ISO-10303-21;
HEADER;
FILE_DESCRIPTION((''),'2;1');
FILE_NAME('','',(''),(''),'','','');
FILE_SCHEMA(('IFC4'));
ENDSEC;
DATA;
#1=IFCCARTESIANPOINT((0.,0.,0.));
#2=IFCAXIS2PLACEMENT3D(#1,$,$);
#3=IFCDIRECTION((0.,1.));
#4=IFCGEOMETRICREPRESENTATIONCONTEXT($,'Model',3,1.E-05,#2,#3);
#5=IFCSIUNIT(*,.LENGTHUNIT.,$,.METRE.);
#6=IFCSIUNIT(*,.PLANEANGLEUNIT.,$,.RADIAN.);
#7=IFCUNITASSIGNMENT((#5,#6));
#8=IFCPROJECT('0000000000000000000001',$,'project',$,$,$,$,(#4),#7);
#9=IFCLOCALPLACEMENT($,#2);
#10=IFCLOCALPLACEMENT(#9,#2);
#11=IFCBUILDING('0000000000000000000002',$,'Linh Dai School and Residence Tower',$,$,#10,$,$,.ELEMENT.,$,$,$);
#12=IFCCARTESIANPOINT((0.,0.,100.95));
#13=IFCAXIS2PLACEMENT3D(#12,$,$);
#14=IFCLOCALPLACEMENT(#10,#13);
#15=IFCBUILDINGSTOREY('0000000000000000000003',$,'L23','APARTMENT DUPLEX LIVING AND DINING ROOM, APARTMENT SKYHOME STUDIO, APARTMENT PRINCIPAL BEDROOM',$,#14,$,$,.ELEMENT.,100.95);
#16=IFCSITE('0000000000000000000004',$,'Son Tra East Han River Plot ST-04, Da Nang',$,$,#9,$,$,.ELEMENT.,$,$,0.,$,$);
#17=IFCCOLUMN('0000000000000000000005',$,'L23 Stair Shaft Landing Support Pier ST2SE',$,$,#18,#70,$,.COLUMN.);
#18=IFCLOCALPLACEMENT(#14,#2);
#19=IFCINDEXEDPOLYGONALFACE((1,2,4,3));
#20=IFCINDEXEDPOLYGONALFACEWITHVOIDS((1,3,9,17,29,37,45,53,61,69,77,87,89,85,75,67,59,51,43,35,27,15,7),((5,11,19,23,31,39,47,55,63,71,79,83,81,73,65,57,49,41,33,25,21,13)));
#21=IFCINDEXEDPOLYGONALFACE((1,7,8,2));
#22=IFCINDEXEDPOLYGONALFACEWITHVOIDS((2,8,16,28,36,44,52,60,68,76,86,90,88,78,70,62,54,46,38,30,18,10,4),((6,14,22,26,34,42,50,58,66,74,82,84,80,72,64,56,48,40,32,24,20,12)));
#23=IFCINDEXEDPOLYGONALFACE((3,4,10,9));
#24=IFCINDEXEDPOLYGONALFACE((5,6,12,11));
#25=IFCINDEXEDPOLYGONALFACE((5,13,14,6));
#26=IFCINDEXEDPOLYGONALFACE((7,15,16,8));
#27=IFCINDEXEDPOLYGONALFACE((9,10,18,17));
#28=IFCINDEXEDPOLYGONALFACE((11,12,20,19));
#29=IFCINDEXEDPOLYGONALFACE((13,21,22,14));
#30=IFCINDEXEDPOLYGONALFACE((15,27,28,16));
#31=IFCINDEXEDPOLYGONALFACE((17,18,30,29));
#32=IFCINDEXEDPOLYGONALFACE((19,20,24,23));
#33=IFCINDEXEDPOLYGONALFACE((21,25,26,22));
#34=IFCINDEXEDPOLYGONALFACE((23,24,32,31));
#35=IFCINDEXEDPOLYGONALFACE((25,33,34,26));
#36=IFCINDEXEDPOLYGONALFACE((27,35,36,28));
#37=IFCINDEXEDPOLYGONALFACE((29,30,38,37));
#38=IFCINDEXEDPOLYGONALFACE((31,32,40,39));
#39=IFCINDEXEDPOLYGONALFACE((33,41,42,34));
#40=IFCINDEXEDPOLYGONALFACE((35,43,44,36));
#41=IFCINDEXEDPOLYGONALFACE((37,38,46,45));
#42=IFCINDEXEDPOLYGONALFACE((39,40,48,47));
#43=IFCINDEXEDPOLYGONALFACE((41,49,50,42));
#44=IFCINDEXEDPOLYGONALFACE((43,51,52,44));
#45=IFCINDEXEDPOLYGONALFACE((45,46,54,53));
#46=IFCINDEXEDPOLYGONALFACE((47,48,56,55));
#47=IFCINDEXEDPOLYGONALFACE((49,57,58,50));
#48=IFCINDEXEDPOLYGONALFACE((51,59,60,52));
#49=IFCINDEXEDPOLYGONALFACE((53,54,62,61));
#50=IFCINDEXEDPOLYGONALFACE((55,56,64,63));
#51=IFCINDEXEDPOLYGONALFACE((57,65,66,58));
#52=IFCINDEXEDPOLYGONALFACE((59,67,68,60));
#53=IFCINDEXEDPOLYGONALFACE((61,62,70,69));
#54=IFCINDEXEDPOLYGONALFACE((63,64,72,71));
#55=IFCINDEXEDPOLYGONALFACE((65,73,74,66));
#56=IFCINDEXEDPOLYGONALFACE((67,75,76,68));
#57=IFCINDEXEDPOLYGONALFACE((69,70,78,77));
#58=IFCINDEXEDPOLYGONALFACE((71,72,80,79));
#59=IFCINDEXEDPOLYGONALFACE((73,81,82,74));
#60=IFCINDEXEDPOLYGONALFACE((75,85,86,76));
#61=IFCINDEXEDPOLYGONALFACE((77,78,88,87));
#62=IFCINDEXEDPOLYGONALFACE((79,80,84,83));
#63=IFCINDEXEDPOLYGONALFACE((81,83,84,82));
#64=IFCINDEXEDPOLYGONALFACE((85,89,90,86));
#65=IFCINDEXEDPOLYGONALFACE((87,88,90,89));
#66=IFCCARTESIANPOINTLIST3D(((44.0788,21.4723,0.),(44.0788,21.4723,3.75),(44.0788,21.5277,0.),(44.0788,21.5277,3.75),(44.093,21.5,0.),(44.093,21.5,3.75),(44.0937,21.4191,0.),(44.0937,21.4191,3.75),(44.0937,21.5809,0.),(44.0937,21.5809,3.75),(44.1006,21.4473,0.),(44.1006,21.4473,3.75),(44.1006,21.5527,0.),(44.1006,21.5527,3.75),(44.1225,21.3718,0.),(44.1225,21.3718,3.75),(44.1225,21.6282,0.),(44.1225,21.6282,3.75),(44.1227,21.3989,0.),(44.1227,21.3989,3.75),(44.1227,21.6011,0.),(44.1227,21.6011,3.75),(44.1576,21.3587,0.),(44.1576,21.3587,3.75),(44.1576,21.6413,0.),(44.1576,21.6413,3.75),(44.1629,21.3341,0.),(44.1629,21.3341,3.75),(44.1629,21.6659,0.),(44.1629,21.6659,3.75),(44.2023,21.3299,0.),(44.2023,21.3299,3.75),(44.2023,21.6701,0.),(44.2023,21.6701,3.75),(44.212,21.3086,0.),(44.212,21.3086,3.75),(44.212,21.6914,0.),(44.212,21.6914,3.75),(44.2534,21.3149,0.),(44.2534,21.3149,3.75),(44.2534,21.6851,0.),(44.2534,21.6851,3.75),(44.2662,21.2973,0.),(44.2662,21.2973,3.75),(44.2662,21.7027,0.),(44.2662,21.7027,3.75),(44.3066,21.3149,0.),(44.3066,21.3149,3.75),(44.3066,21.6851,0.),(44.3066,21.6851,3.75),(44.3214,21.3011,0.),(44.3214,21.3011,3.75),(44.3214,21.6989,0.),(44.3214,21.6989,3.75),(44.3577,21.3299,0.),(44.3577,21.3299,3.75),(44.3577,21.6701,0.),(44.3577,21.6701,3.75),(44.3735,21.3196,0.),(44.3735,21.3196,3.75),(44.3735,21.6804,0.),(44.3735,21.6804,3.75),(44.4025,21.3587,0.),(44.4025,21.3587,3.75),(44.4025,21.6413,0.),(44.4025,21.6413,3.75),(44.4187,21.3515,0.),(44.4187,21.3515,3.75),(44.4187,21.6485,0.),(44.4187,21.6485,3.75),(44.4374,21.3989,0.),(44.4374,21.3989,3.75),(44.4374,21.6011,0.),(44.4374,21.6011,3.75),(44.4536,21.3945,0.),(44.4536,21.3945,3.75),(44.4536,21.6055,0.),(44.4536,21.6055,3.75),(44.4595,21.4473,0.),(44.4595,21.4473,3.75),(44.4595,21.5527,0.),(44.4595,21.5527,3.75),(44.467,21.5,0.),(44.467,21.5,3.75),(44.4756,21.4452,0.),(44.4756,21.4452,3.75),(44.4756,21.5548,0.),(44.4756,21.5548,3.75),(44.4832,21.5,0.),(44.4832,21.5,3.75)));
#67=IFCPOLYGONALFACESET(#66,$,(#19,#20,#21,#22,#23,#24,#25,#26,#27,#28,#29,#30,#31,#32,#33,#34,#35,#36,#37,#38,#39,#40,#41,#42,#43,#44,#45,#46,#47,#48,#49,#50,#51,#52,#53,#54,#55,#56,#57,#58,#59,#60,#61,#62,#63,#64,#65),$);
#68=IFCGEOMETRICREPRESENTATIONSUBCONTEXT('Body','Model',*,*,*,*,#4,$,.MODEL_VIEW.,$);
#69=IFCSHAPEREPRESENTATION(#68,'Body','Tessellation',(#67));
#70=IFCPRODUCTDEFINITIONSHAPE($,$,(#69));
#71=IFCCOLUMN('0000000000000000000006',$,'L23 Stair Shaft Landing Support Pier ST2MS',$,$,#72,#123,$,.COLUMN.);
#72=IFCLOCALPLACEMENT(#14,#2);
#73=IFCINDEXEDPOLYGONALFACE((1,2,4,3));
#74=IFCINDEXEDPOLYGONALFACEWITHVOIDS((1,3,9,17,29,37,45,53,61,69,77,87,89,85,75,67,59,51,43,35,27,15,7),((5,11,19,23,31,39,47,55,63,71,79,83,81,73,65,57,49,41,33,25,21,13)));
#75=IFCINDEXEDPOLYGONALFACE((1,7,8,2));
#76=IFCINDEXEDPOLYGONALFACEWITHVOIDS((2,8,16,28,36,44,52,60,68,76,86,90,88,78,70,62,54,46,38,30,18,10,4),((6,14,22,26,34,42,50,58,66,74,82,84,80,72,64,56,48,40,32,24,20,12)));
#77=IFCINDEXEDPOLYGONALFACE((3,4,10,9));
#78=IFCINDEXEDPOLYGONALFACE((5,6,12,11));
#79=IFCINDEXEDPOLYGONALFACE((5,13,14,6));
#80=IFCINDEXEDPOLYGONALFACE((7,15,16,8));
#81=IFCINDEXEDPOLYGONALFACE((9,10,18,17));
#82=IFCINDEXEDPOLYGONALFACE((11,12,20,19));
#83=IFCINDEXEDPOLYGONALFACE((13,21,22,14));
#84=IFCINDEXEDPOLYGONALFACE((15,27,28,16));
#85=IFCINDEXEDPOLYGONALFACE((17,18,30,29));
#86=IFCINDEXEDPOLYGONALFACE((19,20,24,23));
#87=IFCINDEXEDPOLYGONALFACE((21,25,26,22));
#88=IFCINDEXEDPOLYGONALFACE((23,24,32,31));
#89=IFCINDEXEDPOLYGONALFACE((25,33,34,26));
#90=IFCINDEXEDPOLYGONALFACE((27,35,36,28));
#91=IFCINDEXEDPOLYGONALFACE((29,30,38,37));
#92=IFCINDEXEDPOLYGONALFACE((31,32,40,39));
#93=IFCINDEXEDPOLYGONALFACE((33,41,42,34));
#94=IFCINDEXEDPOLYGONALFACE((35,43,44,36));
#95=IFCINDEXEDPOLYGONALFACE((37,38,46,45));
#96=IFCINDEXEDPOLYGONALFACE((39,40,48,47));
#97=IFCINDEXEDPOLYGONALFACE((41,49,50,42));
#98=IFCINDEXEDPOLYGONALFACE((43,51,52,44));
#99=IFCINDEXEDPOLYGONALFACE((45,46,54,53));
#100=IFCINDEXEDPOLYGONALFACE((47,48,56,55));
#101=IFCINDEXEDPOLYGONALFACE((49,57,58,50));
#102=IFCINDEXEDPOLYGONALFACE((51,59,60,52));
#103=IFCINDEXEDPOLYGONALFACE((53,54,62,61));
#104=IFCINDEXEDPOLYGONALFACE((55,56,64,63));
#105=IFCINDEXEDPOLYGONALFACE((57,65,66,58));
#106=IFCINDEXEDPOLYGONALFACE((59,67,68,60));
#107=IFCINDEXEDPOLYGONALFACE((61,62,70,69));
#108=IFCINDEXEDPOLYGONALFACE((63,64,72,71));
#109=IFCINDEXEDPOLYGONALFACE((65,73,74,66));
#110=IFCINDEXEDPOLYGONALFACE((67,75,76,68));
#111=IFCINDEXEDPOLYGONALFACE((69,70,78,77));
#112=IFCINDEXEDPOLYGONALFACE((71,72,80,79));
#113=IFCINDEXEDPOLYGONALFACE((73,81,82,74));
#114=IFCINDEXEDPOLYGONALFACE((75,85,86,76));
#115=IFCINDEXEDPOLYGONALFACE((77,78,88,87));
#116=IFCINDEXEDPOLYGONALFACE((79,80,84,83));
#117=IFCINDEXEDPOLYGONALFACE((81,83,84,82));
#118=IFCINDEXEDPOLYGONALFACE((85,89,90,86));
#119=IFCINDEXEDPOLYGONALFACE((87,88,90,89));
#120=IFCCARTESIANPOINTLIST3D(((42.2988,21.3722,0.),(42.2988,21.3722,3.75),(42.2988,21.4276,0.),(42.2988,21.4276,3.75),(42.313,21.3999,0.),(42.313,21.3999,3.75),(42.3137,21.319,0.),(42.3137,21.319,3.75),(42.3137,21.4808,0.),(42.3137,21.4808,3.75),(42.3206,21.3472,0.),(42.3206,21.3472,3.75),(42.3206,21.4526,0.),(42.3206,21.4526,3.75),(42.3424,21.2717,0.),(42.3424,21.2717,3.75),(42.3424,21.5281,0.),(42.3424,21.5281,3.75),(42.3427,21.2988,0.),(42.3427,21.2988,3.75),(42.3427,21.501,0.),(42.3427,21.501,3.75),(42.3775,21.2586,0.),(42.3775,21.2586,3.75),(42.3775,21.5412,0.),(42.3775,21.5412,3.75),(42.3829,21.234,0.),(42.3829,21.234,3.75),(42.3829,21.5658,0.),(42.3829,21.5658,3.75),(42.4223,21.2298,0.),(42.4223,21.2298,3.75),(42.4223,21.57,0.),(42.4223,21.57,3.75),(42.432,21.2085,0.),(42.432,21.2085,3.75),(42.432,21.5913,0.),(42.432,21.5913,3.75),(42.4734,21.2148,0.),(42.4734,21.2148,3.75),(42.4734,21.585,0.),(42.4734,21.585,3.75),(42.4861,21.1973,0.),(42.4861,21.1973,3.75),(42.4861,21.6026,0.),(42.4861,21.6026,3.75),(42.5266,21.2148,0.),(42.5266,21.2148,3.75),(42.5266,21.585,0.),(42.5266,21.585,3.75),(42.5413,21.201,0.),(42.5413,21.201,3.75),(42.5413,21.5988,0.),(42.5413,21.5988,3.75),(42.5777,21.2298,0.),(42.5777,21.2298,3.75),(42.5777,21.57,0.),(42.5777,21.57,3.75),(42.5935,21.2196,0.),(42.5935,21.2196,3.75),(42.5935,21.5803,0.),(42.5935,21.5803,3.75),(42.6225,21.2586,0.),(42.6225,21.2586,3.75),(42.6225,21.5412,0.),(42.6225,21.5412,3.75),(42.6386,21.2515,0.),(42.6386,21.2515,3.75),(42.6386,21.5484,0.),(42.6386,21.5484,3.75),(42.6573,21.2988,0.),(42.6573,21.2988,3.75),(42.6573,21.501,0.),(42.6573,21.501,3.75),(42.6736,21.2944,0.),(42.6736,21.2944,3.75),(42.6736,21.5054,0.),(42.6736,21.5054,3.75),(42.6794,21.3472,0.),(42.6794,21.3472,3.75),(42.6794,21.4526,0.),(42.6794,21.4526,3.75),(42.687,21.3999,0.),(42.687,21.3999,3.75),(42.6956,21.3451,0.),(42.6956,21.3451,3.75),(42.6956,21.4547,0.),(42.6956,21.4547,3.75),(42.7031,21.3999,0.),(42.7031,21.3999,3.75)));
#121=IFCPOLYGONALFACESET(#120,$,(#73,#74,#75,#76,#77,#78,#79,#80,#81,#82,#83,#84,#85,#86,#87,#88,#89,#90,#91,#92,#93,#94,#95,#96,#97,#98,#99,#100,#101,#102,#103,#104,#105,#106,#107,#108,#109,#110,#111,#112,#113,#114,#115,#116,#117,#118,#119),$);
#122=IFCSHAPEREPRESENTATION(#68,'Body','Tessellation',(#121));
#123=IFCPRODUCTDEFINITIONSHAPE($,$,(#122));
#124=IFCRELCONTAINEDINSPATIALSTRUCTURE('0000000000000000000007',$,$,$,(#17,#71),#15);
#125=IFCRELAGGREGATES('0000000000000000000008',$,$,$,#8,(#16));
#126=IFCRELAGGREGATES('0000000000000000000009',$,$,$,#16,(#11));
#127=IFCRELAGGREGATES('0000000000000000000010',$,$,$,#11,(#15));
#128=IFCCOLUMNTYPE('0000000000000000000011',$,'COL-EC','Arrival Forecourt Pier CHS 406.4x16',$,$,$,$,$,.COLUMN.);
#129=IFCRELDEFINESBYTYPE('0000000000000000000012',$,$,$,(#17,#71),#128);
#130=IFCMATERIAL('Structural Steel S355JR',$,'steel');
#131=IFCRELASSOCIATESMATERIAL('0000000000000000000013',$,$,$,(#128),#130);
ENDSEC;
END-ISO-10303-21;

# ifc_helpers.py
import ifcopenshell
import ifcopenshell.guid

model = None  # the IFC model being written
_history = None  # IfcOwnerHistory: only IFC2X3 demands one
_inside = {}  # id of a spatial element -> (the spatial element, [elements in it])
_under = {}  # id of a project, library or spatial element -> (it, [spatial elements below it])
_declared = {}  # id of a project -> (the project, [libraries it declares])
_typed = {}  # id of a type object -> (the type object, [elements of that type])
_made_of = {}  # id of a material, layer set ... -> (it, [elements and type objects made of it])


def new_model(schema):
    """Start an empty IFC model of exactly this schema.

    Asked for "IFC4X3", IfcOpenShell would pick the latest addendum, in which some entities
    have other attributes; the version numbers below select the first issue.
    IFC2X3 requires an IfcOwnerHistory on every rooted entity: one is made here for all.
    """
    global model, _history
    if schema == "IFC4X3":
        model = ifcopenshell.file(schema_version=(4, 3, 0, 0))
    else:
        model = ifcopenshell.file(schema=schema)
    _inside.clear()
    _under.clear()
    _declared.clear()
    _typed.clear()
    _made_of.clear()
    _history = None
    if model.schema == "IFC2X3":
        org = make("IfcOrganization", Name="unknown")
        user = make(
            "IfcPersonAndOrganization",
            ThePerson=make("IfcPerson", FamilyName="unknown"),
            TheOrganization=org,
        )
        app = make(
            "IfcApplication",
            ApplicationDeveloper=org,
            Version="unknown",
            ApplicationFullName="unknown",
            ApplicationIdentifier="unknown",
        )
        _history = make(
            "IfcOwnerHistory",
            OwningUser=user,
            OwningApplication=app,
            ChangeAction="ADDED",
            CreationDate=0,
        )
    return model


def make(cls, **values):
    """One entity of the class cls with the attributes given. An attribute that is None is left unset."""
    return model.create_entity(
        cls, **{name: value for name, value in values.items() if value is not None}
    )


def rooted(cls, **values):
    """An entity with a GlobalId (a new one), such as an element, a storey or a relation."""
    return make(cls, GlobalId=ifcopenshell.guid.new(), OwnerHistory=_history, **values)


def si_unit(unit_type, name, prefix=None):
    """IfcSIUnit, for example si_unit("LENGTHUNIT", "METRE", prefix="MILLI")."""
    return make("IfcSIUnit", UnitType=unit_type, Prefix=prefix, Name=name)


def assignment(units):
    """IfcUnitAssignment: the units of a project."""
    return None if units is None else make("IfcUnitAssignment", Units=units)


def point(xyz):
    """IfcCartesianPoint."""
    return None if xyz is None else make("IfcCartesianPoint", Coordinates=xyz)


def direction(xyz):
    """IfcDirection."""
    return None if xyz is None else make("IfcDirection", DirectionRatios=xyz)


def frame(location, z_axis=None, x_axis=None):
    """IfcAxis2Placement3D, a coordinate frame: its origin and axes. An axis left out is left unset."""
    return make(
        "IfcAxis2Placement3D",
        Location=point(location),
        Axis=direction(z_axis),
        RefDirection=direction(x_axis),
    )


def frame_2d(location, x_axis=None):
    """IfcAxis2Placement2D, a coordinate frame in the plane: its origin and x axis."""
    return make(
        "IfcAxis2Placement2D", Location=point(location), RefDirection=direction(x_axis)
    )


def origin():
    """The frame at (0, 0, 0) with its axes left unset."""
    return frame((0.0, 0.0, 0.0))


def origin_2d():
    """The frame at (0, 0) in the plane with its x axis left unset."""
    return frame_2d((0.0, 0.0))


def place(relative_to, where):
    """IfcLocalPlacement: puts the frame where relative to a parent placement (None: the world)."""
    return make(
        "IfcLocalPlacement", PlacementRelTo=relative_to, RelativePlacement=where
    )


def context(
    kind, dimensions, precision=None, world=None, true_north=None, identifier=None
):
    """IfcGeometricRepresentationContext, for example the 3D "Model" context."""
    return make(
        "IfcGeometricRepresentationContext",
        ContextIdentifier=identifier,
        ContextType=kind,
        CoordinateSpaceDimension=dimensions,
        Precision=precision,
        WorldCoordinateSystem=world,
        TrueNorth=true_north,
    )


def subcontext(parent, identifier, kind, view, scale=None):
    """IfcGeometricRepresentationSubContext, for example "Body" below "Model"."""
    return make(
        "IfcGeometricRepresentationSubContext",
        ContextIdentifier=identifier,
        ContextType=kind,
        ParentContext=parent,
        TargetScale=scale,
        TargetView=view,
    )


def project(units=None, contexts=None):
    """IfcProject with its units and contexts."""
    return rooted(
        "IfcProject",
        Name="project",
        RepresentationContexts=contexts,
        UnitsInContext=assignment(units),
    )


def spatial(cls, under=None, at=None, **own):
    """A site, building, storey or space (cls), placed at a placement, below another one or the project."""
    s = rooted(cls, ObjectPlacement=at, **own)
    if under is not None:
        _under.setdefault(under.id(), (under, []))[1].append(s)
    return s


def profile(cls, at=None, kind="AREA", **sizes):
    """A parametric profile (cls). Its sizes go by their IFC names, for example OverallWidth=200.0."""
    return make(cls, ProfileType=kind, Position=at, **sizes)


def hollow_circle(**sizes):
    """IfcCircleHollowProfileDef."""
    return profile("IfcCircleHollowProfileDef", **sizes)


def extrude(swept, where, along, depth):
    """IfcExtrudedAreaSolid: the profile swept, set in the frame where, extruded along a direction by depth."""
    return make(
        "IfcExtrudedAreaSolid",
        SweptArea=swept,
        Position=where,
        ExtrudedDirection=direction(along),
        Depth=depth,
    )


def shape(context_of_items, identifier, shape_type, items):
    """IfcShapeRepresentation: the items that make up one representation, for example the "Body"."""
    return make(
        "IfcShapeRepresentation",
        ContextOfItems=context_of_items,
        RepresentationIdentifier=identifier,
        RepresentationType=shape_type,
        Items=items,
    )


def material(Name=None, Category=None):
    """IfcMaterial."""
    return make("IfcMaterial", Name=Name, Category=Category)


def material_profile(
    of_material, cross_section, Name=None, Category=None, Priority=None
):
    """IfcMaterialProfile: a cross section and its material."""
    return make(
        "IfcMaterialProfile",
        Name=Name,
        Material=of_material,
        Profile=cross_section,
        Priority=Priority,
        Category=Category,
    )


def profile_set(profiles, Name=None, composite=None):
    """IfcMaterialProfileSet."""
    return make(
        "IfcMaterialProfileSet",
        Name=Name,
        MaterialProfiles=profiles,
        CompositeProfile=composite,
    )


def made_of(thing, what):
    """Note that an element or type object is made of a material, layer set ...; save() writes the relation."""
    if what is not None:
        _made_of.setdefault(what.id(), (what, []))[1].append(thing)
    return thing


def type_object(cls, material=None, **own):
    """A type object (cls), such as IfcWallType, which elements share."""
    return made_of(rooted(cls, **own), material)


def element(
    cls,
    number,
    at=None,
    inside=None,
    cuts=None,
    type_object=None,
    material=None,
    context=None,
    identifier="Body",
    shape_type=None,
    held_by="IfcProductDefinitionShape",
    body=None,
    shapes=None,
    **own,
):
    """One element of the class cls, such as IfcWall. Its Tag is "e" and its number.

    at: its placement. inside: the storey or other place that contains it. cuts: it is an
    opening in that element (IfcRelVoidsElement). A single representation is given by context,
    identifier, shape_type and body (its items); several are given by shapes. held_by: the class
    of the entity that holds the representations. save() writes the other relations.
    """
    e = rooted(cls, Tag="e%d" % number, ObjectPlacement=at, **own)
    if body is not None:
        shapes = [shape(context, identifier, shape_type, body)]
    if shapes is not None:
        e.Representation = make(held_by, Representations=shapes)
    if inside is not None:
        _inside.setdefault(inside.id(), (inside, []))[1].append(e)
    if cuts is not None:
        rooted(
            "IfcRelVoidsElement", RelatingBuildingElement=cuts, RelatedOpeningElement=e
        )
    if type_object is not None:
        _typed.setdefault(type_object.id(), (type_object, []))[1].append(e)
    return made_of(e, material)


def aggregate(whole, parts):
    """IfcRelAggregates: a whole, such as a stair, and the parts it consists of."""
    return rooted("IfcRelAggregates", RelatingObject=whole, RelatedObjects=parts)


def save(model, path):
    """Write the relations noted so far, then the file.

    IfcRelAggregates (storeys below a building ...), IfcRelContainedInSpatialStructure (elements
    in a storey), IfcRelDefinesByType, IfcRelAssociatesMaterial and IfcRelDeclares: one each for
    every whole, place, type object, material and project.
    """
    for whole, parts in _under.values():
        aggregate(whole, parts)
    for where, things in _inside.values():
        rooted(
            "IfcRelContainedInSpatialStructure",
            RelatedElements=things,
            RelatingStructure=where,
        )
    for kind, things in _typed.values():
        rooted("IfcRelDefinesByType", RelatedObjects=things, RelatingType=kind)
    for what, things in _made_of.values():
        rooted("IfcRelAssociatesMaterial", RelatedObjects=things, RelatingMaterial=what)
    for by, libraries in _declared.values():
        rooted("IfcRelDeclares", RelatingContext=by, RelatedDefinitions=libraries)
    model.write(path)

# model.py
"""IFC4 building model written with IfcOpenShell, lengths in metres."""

from ifc_helpers import new_model, si_unit, direction, frame, origin, origin_2d, place, context, subcontext, project, spatial, hollow_circle, extrude, material, material_profile, profile_set, type_object, element, save


model = new_model("IFC4")

# Units and contexts
model_context = context("Model", 3, precision=1e-05, world=origin(), true_north=direction((0.0, 1.0)))
body_context = subcontext(model_context, "Body", "Model", "MODEL_VIEW")
ifc_project = project(units=[si_unit("LENGTHUNIT", "METRE"), si_unit("PLANEANGLEUNIT", "RADIAN")], contexts=[model_context])

# Site, building, storey
site_placement = place(None, origin())
site = spatial("IfcSite", under=ifc_project, at=site_placement, Name="Son Tra East Han River Plot ST-04, Da Nang", CompositionType="ELEMENT", RefElevation=0.0)
building_placement = place(site_placement, origin())
building = spatial("IfcBuilding", under=site, at=building_placement, Name="Linh Dai School and Residence Tower", CompositionType="ELEMENT")
storey_placement = place(building_placement, frame((0.0, 0.0, 100.95)))
storey = spatial("IfcBuildingStorey", under=building, at=storey_placement, Name="L23", Description="APARTMENT DUPLEX LIVING AND DINING ROOM, APARTMENT SKYHOME STUDIO, APARTMENT PRINCIPAL BEDROOM", CompositionType="ELEMENT", Elevation=100.95)

# Columns
ifc_material_1 = material(Name="Structural Steel S355JR", Category="steel")
ifc_material_profile_1 = material_profile(ifc_material_1, hollow_circle(Radius=0.2031, WallThickness=0.0161, at=origin_2d()), Name="CHS 406.4x16")
ifc_profile_set_1 = profile_set([ifc_material_profile_1], Name="Structural Steel S355JR")
column_type_1 = type_object("IfcColumnType", Name="COL-EC", Description="Arrival Forecourt Pier CHS 406.4x16", PredefinedType="COLUMN", material=ifc_profile_set_1)
for number, where, z_axis, x_axis, name in (
    (1, (44.28, 21.5, 0.0), (0.0, 0.0, 1.0), (1.0, 0.0, 0.0), "L23 Stair Shaft Landing Support Pier ST2SE"),
    (2, (42.5, 21.3999, 0.0), (0.0, 0.0, 1.0), (1.0, 0.0, 0.0), "L23 Stair Shaft Landing Support Pier ST2MS"),
):
    element("IfcColumn", number, at=place(storey_placement, frame(where, z_axis=z_axis, x_axis=x_axis)), inside=storey, type_object=column_type_1, Name=name, PredefinedType="COLUMN", context=body_context, shape_type="SweptSolid", body=[
        extrude(hollow_circle(Radius=0.2031, WallThickness=0.0161, at=origin_2d()), origin(), (0.0, 0.0, 1.0), 3.75),
    ])

save(model, "model.ifc")
